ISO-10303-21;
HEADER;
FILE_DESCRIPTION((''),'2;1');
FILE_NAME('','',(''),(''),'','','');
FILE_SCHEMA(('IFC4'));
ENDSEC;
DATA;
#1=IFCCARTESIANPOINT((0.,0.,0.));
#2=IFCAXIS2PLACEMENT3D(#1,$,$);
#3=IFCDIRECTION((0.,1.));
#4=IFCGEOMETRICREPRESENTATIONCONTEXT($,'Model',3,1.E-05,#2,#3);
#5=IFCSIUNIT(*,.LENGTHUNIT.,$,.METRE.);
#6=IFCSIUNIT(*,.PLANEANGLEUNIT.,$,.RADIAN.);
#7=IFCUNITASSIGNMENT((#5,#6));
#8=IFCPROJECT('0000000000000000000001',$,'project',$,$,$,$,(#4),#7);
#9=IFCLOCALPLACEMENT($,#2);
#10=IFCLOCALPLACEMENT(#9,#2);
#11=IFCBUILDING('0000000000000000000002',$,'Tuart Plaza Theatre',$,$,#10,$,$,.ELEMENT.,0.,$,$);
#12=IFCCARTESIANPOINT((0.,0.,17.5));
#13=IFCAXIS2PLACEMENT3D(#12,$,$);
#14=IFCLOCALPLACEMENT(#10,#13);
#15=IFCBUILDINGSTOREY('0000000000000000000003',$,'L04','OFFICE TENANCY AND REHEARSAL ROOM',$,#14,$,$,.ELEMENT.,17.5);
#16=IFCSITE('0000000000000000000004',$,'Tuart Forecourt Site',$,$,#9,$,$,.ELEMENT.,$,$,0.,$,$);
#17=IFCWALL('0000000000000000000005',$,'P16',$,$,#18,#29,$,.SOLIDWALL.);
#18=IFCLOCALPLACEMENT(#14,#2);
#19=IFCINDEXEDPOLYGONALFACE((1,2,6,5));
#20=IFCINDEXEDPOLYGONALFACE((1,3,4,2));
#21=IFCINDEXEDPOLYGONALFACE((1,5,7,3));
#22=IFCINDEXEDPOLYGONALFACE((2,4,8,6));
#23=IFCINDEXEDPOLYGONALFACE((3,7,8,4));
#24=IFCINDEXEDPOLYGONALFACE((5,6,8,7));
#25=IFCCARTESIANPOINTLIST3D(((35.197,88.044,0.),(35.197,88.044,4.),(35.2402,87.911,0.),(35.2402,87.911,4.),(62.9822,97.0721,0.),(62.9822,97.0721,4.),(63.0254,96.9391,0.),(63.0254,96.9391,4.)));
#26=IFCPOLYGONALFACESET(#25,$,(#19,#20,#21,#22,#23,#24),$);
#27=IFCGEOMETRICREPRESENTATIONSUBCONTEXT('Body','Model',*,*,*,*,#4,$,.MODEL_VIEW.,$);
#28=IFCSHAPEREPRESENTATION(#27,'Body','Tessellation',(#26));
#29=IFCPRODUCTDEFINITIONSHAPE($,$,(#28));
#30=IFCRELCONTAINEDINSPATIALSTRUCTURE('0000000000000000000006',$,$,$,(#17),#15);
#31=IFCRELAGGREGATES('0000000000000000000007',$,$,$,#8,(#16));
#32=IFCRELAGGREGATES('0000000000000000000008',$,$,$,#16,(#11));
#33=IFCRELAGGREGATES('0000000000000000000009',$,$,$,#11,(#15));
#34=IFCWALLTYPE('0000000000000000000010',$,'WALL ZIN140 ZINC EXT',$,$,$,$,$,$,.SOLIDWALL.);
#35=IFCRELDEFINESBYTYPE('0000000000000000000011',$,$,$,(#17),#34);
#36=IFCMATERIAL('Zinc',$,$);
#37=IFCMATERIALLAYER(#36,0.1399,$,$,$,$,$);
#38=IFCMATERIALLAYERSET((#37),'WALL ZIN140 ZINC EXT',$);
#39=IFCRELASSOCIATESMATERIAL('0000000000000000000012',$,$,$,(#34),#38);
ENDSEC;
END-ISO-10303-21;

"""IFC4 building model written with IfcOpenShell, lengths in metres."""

from ifc_helpers import new_model, si_unit, direction, frame, frame_2d, origin, place, context, subcontext, project, spatial, rectangle, extrude, material, layer, layer_set, type_object, element, save


model = new_model("IFC4")

# Units and contexts
model_context = context("Model", 3, precision=1e-05, world=origin(), true_north=direction((0.0, 1.0)))
body_context = subcontext(model_context, "Body", "Model", "MODEL_VIEW")
ifc_project = project(units=[si_unit("LENGTHUNIT", "METRE"), si_unit("PLANEANGLEUNIT", "RADIAN")], contexts=[model_context])

# Site, building, storey
site_placement = place(None, origin())
site = spatial("IfcSite", under=ifc_project, at=site_placement, Name="Tuart Forecourt Site", CompositionType="ELEMENT", RefElevation=0.0)
building_placement = place(site_placement, origin())
building = spatial("IfcBuilding", under=site, at=building_placement, Name="Tuart Plaza Theatre", CompositionType="ELEMENT", ElevationOfRefHeight=0.0)
storey_placement = place(building_placement, frame((0.0, 0.0, 17.5)))
storey = spatial("IfcBuildingStorey", under=building, at=storey_placement, Name="L04", Description="OFFICE TENANCY AND REHEARSAL ROOM", CompositionType="ELEMENT", Elevation=17.5)

# Wall
ifc_material_1 = material(Name="Zinc")
ifc_layer_1 = layer(ifc_material_1, 0.1399)
ifc_layer_set_1 = layer_set([ifc_layer_1], Name="WALL ZIN140 ZINC EXT")
wall_type_1 = type_object("IfcWallType", Name="WALL ZIN140 ZINC EXT", PredefinedType="SOLIDWALL", material=ifc_layer_set_1)
wall_1_placement = place(storey_placement, frame((35.2188, 87.9775, 0.0), z_axis=(0.0, 0.0, 1.0), x_axis=(0.951055, 0.309021, 0.0)))
element("IfcWall", 1, at=wall_1_placement, inside=storey, type_object=wall_type_1, Name="P16", PredefinedType="SOLIDWALL", context=body_context, shape_type="SweptSolid", body=[
    extrude(rectangle(XDim=29.2151, YDim=0.1399, at=frame_2d((14.6074, 0.0))), origin(), (0.0, 0.0, 1.0), 4.0),
])

save(model, "model.ifc")
